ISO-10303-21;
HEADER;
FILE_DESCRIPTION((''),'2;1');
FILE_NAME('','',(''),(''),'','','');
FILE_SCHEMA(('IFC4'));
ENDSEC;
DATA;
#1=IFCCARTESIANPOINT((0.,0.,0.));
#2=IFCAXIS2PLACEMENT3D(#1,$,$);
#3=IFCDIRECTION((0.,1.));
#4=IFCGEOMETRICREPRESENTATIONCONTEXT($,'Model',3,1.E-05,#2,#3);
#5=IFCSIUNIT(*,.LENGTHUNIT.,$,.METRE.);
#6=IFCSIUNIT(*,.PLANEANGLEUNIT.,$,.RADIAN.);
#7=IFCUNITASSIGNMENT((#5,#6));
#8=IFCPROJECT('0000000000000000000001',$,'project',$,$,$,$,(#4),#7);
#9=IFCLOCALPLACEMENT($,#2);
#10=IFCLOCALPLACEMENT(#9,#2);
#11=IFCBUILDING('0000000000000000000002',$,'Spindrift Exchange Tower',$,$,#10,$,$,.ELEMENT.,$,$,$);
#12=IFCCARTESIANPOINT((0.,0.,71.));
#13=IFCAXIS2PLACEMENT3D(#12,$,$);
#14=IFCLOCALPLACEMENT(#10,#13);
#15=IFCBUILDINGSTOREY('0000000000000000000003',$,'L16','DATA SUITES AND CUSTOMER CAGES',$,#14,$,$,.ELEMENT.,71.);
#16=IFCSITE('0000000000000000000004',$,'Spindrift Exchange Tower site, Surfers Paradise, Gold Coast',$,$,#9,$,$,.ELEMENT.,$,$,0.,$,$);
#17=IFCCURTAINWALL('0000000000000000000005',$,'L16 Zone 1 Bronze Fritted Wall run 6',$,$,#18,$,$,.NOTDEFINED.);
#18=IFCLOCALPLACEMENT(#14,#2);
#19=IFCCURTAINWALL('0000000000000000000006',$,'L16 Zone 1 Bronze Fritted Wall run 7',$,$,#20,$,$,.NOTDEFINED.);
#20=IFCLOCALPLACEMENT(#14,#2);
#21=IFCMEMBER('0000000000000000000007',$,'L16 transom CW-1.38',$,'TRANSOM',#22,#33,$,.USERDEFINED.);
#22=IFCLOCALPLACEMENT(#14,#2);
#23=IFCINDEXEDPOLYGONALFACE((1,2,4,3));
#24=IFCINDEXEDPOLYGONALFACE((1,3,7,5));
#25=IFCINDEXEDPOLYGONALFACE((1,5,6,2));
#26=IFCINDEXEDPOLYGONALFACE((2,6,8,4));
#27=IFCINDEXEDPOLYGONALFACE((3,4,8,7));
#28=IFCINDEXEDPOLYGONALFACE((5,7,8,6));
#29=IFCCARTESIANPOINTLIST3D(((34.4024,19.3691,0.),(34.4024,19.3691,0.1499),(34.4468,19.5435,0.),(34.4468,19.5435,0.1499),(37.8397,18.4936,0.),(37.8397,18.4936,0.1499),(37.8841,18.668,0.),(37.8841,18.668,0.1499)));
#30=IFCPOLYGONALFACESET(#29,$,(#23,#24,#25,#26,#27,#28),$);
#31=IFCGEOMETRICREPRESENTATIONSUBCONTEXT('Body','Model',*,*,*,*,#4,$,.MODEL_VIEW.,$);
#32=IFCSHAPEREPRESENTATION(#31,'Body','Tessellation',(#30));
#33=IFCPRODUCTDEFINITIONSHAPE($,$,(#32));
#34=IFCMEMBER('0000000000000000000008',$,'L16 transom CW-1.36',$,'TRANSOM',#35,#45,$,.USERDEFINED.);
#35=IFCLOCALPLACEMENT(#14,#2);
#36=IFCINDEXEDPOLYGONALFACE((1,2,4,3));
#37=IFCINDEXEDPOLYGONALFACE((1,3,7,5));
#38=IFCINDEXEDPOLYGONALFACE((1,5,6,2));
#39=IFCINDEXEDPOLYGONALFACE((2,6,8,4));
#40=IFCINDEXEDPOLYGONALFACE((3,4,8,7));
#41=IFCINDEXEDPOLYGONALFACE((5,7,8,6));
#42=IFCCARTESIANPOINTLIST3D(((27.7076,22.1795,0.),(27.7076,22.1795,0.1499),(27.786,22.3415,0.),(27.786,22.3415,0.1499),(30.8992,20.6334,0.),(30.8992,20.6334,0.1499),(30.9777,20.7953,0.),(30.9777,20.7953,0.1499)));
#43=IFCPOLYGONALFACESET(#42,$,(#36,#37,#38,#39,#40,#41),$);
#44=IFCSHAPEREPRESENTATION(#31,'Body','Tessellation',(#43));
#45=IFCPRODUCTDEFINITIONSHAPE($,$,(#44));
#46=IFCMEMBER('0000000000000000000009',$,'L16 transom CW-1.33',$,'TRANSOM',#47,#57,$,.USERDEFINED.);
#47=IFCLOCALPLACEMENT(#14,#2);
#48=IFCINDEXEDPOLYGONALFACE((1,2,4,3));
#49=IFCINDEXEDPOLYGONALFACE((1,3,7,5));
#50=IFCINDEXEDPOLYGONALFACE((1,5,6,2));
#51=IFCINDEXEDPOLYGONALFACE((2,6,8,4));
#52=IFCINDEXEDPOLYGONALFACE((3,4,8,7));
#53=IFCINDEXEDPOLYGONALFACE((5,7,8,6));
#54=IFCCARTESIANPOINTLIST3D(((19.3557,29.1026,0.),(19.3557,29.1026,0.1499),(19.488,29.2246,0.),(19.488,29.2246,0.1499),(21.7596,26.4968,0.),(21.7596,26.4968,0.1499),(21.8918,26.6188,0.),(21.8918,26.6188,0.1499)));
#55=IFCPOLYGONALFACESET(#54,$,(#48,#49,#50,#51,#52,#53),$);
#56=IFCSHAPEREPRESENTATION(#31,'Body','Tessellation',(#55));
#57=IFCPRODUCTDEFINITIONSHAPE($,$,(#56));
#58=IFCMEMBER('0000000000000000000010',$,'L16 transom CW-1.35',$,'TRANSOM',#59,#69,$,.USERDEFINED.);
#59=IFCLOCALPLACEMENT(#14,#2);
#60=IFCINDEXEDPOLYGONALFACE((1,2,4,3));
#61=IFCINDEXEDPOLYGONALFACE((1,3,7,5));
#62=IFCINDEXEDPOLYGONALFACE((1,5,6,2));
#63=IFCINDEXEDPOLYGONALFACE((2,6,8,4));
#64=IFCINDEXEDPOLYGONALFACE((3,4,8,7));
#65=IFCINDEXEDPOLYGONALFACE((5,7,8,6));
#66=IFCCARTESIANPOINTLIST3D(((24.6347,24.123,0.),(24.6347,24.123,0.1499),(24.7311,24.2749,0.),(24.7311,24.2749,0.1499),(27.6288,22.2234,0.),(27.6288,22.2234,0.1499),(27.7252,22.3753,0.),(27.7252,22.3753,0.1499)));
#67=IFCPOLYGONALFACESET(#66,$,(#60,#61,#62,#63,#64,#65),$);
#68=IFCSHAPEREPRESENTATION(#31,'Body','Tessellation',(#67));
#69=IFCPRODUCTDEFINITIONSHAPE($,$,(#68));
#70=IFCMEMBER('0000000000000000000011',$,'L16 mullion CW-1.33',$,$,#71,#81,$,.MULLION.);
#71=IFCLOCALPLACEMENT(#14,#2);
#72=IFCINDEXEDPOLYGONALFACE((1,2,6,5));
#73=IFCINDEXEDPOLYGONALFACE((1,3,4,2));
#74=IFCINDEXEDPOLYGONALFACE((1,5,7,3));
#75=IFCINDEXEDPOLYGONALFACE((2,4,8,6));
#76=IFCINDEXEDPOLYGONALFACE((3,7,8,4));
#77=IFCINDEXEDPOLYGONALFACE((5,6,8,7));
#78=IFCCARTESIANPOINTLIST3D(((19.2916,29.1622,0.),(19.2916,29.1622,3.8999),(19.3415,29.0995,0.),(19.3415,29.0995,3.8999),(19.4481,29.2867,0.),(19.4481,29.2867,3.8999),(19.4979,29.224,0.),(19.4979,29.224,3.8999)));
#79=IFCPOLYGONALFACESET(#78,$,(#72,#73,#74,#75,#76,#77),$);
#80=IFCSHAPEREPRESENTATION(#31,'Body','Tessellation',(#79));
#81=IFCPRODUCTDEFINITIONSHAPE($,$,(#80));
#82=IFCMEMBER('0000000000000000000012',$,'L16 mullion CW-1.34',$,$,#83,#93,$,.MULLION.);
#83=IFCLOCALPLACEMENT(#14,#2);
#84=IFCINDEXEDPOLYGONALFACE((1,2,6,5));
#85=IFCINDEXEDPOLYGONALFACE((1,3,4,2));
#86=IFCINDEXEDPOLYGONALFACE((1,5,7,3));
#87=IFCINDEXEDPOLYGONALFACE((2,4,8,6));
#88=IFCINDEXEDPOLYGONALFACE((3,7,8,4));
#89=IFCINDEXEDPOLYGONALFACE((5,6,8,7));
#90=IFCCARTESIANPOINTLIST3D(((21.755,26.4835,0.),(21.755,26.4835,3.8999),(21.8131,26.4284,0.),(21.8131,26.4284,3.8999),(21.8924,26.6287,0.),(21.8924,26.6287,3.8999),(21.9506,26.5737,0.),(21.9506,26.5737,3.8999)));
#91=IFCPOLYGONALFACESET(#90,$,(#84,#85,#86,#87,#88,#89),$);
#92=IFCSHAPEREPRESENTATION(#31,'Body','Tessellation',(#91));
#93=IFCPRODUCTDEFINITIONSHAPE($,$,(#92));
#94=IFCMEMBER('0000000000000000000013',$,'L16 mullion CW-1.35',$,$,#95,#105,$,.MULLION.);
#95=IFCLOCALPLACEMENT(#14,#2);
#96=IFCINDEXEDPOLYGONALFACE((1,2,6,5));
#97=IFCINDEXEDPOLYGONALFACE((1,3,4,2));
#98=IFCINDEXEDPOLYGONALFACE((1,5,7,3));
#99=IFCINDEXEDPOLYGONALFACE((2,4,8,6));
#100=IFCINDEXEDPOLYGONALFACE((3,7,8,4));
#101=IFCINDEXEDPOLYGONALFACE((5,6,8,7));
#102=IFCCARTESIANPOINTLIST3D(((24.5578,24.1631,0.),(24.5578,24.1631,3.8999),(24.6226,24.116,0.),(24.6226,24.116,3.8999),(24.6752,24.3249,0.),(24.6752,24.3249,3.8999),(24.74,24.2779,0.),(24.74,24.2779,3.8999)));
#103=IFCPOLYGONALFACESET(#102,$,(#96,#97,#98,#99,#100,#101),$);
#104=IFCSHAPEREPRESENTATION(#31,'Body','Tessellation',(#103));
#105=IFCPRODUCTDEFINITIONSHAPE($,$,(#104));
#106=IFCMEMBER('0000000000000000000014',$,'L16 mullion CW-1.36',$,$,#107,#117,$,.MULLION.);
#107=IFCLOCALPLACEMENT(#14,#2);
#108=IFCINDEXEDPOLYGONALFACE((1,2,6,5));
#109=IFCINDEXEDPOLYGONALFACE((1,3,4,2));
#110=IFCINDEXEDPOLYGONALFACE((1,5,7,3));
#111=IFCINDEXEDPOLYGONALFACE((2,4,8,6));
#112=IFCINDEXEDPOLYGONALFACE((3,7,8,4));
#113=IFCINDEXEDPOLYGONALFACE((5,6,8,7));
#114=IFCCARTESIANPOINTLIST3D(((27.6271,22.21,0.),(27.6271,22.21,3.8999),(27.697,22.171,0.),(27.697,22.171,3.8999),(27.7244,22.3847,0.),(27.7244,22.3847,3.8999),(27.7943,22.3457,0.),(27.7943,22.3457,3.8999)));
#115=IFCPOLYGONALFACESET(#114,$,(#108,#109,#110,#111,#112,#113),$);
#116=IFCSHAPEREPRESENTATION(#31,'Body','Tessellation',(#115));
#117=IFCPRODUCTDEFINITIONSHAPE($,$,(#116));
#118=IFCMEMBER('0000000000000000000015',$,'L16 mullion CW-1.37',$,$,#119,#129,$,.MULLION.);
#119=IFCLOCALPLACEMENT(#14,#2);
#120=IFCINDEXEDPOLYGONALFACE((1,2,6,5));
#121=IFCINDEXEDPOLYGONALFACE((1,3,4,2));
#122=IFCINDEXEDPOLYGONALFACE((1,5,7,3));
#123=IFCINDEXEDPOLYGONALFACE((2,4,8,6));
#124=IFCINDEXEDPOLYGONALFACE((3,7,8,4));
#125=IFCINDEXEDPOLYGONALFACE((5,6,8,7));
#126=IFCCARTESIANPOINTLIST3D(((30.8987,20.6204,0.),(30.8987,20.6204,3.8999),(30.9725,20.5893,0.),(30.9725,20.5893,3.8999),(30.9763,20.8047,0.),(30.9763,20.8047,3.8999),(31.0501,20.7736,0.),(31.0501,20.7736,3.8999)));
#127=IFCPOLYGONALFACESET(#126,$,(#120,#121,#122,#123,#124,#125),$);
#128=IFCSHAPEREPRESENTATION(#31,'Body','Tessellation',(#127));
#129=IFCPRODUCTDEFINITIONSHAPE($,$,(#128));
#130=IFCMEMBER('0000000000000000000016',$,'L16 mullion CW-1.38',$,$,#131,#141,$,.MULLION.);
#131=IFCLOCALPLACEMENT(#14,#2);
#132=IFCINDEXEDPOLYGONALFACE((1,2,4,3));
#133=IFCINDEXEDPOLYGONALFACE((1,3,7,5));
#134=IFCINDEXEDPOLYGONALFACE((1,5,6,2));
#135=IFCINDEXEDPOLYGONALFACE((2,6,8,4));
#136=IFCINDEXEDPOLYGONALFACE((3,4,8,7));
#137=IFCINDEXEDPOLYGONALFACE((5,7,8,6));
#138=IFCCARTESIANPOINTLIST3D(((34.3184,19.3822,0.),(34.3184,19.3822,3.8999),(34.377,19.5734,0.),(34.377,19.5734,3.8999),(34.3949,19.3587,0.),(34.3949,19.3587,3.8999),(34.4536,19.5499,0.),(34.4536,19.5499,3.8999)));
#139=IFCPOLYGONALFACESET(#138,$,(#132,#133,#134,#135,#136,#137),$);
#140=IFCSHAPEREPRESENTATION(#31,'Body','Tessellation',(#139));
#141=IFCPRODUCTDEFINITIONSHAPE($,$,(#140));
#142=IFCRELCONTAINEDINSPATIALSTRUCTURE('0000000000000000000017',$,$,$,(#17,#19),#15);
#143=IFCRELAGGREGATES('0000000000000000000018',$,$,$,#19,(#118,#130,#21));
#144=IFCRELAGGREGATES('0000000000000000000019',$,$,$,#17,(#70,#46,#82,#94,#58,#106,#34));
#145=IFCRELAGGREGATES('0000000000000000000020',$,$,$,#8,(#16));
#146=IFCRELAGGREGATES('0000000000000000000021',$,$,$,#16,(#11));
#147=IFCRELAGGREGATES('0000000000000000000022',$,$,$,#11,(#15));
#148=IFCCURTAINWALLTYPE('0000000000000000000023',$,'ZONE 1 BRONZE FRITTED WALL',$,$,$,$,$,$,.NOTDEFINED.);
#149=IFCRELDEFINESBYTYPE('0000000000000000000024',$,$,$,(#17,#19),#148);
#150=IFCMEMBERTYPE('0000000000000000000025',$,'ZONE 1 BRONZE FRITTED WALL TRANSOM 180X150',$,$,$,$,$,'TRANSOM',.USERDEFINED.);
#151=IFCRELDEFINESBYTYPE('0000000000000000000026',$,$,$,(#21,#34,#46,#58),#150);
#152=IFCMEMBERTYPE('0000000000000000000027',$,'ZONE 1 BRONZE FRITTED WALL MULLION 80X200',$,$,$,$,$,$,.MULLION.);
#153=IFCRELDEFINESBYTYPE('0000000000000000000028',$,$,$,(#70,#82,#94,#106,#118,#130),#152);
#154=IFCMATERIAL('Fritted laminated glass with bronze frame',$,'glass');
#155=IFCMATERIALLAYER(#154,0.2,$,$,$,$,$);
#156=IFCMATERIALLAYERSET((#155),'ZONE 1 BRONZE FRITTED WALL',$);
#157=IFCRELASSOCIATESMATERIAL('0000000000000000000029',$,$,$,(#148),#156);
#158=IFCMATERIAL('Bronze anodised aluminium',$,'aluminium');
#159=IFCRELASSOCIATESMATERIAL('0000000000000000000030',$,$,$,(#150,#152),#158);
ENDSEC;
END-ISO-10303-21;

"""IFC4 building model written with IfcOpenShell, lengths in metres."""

from ifc_helpers import new_model, si_unit, direction, frame, origin, origin_2d, place, context, subcontext, project, spatial, rectangle, extrude, source, transform, mapped, material, layer, layer_set, material_profile, profile_set, type_object, element, aggregate, save


model = new_model("IFC4")

# Units and contexts
model_context = context("Model", 3, precision=1e-05, world=origin(), true_north=direction((0.0, 1.0)))
body_context = subcontext(model_context, "Body", "Model", "MODEL_VIEW")
ifc_project = project(units=[si_unit("LENGTHUNIT", "METRE"), si_unit("PLANEANGLEUNIT", "RADIAN")], contexts=[model_context])

# Site, building, storey
site_placement = place(None, origin())
site = spatial("IfcSite", under=ifc_project, at=site_placement, Name="Spindrift Exchange Tower site, Surfers Paradise, Gold Coast", CompositionType="ELEMENT", RefElevation=0.0)
building_placement = place(site_placement, origin())
building = spatial("IfcBuilding", under=site, at=building_placement, Name="Spindrift Exchange Tower", CompositionType="ELEMENT")
storey_placement = place(building_placement, frame((0.0, 0.0, 71.0)))
storey = spatial("IfcBuildingStorey", under=building, at=storey_placement, Name="L16", Description="DATA SUITES AND CUSTOMER CAGES", CompositionType="ELEMENT", Elevation=71.0)

# Curtain wall
ifc_material_1 = material(Name="Fritted laminated glass with bronze frame", Category="glass")
ifc_layer_1 = layer(ifc_material_1, 0.2)
ifc_layer_set_1 = layer_set([ifc_layer_1], Name="ZONE 1 BRONZE FRITTED WALL")
curtain_wall_type = type_object("IfcCurtainWallType", Name="ZONE 1 BRONZE FRITTED WALL", PredefinedType="NOTDEFINED", material=ifc_layer_set_1)
curtain_wall_1_placement = place(storey_placement, origin())
curtain_wall_1 = element("IfcCurtainWall", 1, at=curtain_wall_1_placement, inside=storey, type_object=curtain_wall_type, Name="L16 Zone 1 Bronze Fritted Wall run 6", PredefinedType="NOTDEFINED")
ifc_material_2 = material(Name="Bronze anodised aluminium", Category="aluminium")
ifc_material_profile_1 = material_profile(ifc_material_2, rectangle(XDim=0.1799, YDim=0.1499, at=origin_2d()), Name="ZONE 1 BRONZE FRITTED WALL TRANSOM 180X150")
ifc_profile_set_1 = profile_set([ifc_material_profile_1], Name="Bronze anodised aluminium")
member_type_1 = type_object("IfcMemberType", Name="ZONE 1 BRONZE FRITTED WALL TRANSOM 180X150", ElementType="TRANSOM", PredefinedType="USERDEFINED", material=ifc_profile_set_1)

# Curtain wall, member
curtain_wall_2_placement = place(storey_placement, origin())
curtain_wall_2 = element("IfcCurtainWall", 2, at=curtain_wall_2_placement, inside=storey, type_object=curtain_wall_type, Name="L16 Zone 1 Bronze Fritted Wall run 7", PredefinedType="NOTDEFINED")
shared_shape_1 = source(origin(), body_context, "Body", "SweptSolid", [
    extrude(rectangle(XDim=0.1799, YDim=0.1499, at=origin_2d()), origin(), (0.0, 0.0, 1.0), 3.5471),
])
member_1_placement = place(storey_placement, frame((34.4246, 19.4563, 0.075), z_axis=(0.96906, -0.246825, 0.0), x_axis=(0.246825, 0.96906, 0.0)))
member_1 = element("IfcMember", 3, at=member_1_placement, type_object=member_type_1, Name="L16 transom CW-1.38", ObjectType="TRANSOM", PredefinedType="USERDEFINED", context=body_context, shape_type="MappedRepresentation", body=[
    mapped(shared_shape_1, transform((0.0, 0.0, 0.0), scale=1.0)),
])

# Members
shared_shape_2 = source(origin(), body_context, "Body", "SweptSolid", [
    extrude(rectangle(XDim=0.1799, YDim=0.1499, at=origin_2d()), origin(), (0.0, 0.0, 1.0), 3.5464),
])
member_2_placement = place(storey_placement, frame((27.7468, 22.2605, 0.075), z_axis=(0.899961, -0.435971, 0.0), x_axis=(0.435971, 0.899961, 0.0)))
member_2 = element("IfcMember", 4, at=member_2_placement, type_object=member_type_1, Name="L16 transom CW-1.36", ObjectType="TRANSOM", PredefinedType="USERDEFINED", context=body_context, shape_type="MappedRepresentation", body=[
    mapped(shared_shape_2, transform((0.0, 0.0, 0.0), scale=1.0)),
])
shared_shape_3 = source(origin(), body_context, "Body", "SweptSolid", [
    extrude(rectangle(XDim=0.1799, YDim=0.1499, at=origin_2d()), origin(), (0.0, 0.0, 1.0), 3.5452),
])
member_3_placement = place(storey_placement, frame((19.4219, 29.1636, 0.075), z_axis=(0.678057, -0.735009, 0.0), x_axis=(0.735009, 0.678057, 0.0)))
member_3 = element("IfcMember", 5, at=member_3_placement, type_object=member_type_1, Name="L16 transom CW-1.33", ObjectType="TRANSOM", PredefinedType="USERDEFINED", context=body_context, shape_type="MappedRepresentation", body=[
    mapped(shared_shape_3, transform((0.0, 0.0, 0.0), scale=1.0)),
])
shared_shape_4 = source(origin(), body_context, "Body", "SweptSolid", [
    extrude(rectangle(XDim=0.1799, YDim=0.1499, at=origin_2d()), origin(), (0.0, 0.0, 1.0), 3.5459),
])
member_4_placement = place(storey_placement, frame((24.6829, 24.199, 0.075), z_axis=(0.844389, -0.53573, 0.0), x_axis=(0.53573, 0.844389, 0.0)))
member_4 = element("IfcMember", 6, at=member_4_placement, type_object=member_type_1, Name="L16 transom CW-1.35", ObjectType="TRANSOM", PredefinedType="USERDEFINED", context=body_context, shape_type="MappedRepresentation", body=[
    mapped(shared_shape_4, transform((0.0, 0.0, 0.0), scale=1.0)),
])
ifc_material_profile_2 = material_profile(ifc_material_2, rectangle(XDim=0.0801, YDim=0.2, at=origin_2d()), Name="ZONE 1 BRONZE FRITTED WALL MULLION 80X200")
ifc_profile_set_2 = profile_set([ifc_material_profile_2], Name="Bronze anodised aluminium")
member_type_2 = type_object("IfcMemberType", Name="ZONE 1 BRONZE FRITTED WALL MULLION 80X200", PredefinedType="MULLION", material=ifc_profile_set_2)
shared_shape_5 = source(origin(), body_context, "Body", "SweptSolid", [
    extrude(rectangle(XDim=0.0801, YDim=0.2, at=origin_2d()), origin(), (0.0, 0.0, 1.0), 3.8999),
])
member_5_placement = place(storey_placement, frame((19.3948, 29.1931, 0.0), z_axis=(0.0, 0.0, 1.0), x_axis=(0.622687, -0.782471, 0.0)))
member_5 = element("IfcMember", 7, at=member_5_placement, type_object=member_type_2, Name="L16 mullion CW-1.33", PredefinedType="MULLION", context=body_context, shape_type="MappedRepresentation", body=[
    mapped(shared_shape_5, transform((0.0, 0.0, 0.0), scale=1.0)),
])
member_6_placement = place(storey_placement, frame((21.8528, 26.5286, 0.0), z_axis=(0.0, 0.0, 1.0), x_axis=(0.726313, -0.687364, 0.0)))
member_6 = element("IfcMember", 8, at=member_6_placement, type_object=member_type_2, Name="L16 mullion CW-1.34", PredefinedType="MULLION", context=body_context, shape_type="MappedRepresentation", body=[
    mapped(shared_shape_5, transform((0.0, 0.0, 0.0), scale=1.0)),
])
member_7_placement = place(storey_placement, frame((24.6489, 24.2205, 0.0), z_axis=(0.0, 0.0, 1.0), x_axis=(0.80937, -0.587299, 0.0)))
member_7 = element("IfcMember", 9, at=member_7_placement, type_object=member_type_2, Name="L16 mullion CW-1.35", PredefinedType="MULLION", context=body_context, shape_type="MappedRepresentation", body=[
    mapped(shared_shape_5, transform((0.0, 0.0, 0.0), scale=1.0)),
])
member_8_placement = place(storey_placement, frame((27.7107, 22.2778, 0.0), z_axis=(0.0, 0.0, 1.0), x_axis=(0.873599, -0.486646, 0.0)))
member_8 = element("IfcMember", 10, at=member_8_placement, type_object=member_type_2, Name="L16 mullion CW-1.36", PredefinedType="MULLION", context=body_context, shape_type="MappedRepresentation", body=[
    mapped(shared_shape_5, transform((0.0, 0.0, 0.0), scale=1.0)),
])
member_9_placement = place(storey_placement, frame((30.9744, 20.697, 0.0), z_axis=(0.0, 0.0, 1.0), x_axis=(0.921574, -0.388204, 0.0)))
member_9 = element("IfcMember", 11, at=member_9_placement, type_object=member_type_2, Name="L16 mullion CW-1.37", PredefinedType="MULLION", context=body_context, shape_type="MappedRepresentation", body=[
    mapped(shared_shape_5, transform((0.0, 0.0, 0.0), scale=1.0)),
])
member_10_placement = place(storey_placement, frame((34.386, 19.4661, 0.0), z_axis=(0.0, 0.0, 1.0), x_axis=(0.955982, -0.293426, 0.0)))
member_10 = element("IfcMember", 12, at=member_10_placement, type_object=member_type_2, Name="L16 mullion CW-1.38", PredefinedType="MULLION", context=body_context, shape_type="MappedRepresentation", body=[
    mapped(shared_shape_5, transform((0.0, 0.0, 0.0), scale=1.0)),
])

aggregate(curtain_wall_2, [member_9, member_10, member_1])
aggregate(curtain_wall_1, [member_5, member_3, member_6, member_7, member_4, member_8, member_2])

save(model, "model.ifc")
